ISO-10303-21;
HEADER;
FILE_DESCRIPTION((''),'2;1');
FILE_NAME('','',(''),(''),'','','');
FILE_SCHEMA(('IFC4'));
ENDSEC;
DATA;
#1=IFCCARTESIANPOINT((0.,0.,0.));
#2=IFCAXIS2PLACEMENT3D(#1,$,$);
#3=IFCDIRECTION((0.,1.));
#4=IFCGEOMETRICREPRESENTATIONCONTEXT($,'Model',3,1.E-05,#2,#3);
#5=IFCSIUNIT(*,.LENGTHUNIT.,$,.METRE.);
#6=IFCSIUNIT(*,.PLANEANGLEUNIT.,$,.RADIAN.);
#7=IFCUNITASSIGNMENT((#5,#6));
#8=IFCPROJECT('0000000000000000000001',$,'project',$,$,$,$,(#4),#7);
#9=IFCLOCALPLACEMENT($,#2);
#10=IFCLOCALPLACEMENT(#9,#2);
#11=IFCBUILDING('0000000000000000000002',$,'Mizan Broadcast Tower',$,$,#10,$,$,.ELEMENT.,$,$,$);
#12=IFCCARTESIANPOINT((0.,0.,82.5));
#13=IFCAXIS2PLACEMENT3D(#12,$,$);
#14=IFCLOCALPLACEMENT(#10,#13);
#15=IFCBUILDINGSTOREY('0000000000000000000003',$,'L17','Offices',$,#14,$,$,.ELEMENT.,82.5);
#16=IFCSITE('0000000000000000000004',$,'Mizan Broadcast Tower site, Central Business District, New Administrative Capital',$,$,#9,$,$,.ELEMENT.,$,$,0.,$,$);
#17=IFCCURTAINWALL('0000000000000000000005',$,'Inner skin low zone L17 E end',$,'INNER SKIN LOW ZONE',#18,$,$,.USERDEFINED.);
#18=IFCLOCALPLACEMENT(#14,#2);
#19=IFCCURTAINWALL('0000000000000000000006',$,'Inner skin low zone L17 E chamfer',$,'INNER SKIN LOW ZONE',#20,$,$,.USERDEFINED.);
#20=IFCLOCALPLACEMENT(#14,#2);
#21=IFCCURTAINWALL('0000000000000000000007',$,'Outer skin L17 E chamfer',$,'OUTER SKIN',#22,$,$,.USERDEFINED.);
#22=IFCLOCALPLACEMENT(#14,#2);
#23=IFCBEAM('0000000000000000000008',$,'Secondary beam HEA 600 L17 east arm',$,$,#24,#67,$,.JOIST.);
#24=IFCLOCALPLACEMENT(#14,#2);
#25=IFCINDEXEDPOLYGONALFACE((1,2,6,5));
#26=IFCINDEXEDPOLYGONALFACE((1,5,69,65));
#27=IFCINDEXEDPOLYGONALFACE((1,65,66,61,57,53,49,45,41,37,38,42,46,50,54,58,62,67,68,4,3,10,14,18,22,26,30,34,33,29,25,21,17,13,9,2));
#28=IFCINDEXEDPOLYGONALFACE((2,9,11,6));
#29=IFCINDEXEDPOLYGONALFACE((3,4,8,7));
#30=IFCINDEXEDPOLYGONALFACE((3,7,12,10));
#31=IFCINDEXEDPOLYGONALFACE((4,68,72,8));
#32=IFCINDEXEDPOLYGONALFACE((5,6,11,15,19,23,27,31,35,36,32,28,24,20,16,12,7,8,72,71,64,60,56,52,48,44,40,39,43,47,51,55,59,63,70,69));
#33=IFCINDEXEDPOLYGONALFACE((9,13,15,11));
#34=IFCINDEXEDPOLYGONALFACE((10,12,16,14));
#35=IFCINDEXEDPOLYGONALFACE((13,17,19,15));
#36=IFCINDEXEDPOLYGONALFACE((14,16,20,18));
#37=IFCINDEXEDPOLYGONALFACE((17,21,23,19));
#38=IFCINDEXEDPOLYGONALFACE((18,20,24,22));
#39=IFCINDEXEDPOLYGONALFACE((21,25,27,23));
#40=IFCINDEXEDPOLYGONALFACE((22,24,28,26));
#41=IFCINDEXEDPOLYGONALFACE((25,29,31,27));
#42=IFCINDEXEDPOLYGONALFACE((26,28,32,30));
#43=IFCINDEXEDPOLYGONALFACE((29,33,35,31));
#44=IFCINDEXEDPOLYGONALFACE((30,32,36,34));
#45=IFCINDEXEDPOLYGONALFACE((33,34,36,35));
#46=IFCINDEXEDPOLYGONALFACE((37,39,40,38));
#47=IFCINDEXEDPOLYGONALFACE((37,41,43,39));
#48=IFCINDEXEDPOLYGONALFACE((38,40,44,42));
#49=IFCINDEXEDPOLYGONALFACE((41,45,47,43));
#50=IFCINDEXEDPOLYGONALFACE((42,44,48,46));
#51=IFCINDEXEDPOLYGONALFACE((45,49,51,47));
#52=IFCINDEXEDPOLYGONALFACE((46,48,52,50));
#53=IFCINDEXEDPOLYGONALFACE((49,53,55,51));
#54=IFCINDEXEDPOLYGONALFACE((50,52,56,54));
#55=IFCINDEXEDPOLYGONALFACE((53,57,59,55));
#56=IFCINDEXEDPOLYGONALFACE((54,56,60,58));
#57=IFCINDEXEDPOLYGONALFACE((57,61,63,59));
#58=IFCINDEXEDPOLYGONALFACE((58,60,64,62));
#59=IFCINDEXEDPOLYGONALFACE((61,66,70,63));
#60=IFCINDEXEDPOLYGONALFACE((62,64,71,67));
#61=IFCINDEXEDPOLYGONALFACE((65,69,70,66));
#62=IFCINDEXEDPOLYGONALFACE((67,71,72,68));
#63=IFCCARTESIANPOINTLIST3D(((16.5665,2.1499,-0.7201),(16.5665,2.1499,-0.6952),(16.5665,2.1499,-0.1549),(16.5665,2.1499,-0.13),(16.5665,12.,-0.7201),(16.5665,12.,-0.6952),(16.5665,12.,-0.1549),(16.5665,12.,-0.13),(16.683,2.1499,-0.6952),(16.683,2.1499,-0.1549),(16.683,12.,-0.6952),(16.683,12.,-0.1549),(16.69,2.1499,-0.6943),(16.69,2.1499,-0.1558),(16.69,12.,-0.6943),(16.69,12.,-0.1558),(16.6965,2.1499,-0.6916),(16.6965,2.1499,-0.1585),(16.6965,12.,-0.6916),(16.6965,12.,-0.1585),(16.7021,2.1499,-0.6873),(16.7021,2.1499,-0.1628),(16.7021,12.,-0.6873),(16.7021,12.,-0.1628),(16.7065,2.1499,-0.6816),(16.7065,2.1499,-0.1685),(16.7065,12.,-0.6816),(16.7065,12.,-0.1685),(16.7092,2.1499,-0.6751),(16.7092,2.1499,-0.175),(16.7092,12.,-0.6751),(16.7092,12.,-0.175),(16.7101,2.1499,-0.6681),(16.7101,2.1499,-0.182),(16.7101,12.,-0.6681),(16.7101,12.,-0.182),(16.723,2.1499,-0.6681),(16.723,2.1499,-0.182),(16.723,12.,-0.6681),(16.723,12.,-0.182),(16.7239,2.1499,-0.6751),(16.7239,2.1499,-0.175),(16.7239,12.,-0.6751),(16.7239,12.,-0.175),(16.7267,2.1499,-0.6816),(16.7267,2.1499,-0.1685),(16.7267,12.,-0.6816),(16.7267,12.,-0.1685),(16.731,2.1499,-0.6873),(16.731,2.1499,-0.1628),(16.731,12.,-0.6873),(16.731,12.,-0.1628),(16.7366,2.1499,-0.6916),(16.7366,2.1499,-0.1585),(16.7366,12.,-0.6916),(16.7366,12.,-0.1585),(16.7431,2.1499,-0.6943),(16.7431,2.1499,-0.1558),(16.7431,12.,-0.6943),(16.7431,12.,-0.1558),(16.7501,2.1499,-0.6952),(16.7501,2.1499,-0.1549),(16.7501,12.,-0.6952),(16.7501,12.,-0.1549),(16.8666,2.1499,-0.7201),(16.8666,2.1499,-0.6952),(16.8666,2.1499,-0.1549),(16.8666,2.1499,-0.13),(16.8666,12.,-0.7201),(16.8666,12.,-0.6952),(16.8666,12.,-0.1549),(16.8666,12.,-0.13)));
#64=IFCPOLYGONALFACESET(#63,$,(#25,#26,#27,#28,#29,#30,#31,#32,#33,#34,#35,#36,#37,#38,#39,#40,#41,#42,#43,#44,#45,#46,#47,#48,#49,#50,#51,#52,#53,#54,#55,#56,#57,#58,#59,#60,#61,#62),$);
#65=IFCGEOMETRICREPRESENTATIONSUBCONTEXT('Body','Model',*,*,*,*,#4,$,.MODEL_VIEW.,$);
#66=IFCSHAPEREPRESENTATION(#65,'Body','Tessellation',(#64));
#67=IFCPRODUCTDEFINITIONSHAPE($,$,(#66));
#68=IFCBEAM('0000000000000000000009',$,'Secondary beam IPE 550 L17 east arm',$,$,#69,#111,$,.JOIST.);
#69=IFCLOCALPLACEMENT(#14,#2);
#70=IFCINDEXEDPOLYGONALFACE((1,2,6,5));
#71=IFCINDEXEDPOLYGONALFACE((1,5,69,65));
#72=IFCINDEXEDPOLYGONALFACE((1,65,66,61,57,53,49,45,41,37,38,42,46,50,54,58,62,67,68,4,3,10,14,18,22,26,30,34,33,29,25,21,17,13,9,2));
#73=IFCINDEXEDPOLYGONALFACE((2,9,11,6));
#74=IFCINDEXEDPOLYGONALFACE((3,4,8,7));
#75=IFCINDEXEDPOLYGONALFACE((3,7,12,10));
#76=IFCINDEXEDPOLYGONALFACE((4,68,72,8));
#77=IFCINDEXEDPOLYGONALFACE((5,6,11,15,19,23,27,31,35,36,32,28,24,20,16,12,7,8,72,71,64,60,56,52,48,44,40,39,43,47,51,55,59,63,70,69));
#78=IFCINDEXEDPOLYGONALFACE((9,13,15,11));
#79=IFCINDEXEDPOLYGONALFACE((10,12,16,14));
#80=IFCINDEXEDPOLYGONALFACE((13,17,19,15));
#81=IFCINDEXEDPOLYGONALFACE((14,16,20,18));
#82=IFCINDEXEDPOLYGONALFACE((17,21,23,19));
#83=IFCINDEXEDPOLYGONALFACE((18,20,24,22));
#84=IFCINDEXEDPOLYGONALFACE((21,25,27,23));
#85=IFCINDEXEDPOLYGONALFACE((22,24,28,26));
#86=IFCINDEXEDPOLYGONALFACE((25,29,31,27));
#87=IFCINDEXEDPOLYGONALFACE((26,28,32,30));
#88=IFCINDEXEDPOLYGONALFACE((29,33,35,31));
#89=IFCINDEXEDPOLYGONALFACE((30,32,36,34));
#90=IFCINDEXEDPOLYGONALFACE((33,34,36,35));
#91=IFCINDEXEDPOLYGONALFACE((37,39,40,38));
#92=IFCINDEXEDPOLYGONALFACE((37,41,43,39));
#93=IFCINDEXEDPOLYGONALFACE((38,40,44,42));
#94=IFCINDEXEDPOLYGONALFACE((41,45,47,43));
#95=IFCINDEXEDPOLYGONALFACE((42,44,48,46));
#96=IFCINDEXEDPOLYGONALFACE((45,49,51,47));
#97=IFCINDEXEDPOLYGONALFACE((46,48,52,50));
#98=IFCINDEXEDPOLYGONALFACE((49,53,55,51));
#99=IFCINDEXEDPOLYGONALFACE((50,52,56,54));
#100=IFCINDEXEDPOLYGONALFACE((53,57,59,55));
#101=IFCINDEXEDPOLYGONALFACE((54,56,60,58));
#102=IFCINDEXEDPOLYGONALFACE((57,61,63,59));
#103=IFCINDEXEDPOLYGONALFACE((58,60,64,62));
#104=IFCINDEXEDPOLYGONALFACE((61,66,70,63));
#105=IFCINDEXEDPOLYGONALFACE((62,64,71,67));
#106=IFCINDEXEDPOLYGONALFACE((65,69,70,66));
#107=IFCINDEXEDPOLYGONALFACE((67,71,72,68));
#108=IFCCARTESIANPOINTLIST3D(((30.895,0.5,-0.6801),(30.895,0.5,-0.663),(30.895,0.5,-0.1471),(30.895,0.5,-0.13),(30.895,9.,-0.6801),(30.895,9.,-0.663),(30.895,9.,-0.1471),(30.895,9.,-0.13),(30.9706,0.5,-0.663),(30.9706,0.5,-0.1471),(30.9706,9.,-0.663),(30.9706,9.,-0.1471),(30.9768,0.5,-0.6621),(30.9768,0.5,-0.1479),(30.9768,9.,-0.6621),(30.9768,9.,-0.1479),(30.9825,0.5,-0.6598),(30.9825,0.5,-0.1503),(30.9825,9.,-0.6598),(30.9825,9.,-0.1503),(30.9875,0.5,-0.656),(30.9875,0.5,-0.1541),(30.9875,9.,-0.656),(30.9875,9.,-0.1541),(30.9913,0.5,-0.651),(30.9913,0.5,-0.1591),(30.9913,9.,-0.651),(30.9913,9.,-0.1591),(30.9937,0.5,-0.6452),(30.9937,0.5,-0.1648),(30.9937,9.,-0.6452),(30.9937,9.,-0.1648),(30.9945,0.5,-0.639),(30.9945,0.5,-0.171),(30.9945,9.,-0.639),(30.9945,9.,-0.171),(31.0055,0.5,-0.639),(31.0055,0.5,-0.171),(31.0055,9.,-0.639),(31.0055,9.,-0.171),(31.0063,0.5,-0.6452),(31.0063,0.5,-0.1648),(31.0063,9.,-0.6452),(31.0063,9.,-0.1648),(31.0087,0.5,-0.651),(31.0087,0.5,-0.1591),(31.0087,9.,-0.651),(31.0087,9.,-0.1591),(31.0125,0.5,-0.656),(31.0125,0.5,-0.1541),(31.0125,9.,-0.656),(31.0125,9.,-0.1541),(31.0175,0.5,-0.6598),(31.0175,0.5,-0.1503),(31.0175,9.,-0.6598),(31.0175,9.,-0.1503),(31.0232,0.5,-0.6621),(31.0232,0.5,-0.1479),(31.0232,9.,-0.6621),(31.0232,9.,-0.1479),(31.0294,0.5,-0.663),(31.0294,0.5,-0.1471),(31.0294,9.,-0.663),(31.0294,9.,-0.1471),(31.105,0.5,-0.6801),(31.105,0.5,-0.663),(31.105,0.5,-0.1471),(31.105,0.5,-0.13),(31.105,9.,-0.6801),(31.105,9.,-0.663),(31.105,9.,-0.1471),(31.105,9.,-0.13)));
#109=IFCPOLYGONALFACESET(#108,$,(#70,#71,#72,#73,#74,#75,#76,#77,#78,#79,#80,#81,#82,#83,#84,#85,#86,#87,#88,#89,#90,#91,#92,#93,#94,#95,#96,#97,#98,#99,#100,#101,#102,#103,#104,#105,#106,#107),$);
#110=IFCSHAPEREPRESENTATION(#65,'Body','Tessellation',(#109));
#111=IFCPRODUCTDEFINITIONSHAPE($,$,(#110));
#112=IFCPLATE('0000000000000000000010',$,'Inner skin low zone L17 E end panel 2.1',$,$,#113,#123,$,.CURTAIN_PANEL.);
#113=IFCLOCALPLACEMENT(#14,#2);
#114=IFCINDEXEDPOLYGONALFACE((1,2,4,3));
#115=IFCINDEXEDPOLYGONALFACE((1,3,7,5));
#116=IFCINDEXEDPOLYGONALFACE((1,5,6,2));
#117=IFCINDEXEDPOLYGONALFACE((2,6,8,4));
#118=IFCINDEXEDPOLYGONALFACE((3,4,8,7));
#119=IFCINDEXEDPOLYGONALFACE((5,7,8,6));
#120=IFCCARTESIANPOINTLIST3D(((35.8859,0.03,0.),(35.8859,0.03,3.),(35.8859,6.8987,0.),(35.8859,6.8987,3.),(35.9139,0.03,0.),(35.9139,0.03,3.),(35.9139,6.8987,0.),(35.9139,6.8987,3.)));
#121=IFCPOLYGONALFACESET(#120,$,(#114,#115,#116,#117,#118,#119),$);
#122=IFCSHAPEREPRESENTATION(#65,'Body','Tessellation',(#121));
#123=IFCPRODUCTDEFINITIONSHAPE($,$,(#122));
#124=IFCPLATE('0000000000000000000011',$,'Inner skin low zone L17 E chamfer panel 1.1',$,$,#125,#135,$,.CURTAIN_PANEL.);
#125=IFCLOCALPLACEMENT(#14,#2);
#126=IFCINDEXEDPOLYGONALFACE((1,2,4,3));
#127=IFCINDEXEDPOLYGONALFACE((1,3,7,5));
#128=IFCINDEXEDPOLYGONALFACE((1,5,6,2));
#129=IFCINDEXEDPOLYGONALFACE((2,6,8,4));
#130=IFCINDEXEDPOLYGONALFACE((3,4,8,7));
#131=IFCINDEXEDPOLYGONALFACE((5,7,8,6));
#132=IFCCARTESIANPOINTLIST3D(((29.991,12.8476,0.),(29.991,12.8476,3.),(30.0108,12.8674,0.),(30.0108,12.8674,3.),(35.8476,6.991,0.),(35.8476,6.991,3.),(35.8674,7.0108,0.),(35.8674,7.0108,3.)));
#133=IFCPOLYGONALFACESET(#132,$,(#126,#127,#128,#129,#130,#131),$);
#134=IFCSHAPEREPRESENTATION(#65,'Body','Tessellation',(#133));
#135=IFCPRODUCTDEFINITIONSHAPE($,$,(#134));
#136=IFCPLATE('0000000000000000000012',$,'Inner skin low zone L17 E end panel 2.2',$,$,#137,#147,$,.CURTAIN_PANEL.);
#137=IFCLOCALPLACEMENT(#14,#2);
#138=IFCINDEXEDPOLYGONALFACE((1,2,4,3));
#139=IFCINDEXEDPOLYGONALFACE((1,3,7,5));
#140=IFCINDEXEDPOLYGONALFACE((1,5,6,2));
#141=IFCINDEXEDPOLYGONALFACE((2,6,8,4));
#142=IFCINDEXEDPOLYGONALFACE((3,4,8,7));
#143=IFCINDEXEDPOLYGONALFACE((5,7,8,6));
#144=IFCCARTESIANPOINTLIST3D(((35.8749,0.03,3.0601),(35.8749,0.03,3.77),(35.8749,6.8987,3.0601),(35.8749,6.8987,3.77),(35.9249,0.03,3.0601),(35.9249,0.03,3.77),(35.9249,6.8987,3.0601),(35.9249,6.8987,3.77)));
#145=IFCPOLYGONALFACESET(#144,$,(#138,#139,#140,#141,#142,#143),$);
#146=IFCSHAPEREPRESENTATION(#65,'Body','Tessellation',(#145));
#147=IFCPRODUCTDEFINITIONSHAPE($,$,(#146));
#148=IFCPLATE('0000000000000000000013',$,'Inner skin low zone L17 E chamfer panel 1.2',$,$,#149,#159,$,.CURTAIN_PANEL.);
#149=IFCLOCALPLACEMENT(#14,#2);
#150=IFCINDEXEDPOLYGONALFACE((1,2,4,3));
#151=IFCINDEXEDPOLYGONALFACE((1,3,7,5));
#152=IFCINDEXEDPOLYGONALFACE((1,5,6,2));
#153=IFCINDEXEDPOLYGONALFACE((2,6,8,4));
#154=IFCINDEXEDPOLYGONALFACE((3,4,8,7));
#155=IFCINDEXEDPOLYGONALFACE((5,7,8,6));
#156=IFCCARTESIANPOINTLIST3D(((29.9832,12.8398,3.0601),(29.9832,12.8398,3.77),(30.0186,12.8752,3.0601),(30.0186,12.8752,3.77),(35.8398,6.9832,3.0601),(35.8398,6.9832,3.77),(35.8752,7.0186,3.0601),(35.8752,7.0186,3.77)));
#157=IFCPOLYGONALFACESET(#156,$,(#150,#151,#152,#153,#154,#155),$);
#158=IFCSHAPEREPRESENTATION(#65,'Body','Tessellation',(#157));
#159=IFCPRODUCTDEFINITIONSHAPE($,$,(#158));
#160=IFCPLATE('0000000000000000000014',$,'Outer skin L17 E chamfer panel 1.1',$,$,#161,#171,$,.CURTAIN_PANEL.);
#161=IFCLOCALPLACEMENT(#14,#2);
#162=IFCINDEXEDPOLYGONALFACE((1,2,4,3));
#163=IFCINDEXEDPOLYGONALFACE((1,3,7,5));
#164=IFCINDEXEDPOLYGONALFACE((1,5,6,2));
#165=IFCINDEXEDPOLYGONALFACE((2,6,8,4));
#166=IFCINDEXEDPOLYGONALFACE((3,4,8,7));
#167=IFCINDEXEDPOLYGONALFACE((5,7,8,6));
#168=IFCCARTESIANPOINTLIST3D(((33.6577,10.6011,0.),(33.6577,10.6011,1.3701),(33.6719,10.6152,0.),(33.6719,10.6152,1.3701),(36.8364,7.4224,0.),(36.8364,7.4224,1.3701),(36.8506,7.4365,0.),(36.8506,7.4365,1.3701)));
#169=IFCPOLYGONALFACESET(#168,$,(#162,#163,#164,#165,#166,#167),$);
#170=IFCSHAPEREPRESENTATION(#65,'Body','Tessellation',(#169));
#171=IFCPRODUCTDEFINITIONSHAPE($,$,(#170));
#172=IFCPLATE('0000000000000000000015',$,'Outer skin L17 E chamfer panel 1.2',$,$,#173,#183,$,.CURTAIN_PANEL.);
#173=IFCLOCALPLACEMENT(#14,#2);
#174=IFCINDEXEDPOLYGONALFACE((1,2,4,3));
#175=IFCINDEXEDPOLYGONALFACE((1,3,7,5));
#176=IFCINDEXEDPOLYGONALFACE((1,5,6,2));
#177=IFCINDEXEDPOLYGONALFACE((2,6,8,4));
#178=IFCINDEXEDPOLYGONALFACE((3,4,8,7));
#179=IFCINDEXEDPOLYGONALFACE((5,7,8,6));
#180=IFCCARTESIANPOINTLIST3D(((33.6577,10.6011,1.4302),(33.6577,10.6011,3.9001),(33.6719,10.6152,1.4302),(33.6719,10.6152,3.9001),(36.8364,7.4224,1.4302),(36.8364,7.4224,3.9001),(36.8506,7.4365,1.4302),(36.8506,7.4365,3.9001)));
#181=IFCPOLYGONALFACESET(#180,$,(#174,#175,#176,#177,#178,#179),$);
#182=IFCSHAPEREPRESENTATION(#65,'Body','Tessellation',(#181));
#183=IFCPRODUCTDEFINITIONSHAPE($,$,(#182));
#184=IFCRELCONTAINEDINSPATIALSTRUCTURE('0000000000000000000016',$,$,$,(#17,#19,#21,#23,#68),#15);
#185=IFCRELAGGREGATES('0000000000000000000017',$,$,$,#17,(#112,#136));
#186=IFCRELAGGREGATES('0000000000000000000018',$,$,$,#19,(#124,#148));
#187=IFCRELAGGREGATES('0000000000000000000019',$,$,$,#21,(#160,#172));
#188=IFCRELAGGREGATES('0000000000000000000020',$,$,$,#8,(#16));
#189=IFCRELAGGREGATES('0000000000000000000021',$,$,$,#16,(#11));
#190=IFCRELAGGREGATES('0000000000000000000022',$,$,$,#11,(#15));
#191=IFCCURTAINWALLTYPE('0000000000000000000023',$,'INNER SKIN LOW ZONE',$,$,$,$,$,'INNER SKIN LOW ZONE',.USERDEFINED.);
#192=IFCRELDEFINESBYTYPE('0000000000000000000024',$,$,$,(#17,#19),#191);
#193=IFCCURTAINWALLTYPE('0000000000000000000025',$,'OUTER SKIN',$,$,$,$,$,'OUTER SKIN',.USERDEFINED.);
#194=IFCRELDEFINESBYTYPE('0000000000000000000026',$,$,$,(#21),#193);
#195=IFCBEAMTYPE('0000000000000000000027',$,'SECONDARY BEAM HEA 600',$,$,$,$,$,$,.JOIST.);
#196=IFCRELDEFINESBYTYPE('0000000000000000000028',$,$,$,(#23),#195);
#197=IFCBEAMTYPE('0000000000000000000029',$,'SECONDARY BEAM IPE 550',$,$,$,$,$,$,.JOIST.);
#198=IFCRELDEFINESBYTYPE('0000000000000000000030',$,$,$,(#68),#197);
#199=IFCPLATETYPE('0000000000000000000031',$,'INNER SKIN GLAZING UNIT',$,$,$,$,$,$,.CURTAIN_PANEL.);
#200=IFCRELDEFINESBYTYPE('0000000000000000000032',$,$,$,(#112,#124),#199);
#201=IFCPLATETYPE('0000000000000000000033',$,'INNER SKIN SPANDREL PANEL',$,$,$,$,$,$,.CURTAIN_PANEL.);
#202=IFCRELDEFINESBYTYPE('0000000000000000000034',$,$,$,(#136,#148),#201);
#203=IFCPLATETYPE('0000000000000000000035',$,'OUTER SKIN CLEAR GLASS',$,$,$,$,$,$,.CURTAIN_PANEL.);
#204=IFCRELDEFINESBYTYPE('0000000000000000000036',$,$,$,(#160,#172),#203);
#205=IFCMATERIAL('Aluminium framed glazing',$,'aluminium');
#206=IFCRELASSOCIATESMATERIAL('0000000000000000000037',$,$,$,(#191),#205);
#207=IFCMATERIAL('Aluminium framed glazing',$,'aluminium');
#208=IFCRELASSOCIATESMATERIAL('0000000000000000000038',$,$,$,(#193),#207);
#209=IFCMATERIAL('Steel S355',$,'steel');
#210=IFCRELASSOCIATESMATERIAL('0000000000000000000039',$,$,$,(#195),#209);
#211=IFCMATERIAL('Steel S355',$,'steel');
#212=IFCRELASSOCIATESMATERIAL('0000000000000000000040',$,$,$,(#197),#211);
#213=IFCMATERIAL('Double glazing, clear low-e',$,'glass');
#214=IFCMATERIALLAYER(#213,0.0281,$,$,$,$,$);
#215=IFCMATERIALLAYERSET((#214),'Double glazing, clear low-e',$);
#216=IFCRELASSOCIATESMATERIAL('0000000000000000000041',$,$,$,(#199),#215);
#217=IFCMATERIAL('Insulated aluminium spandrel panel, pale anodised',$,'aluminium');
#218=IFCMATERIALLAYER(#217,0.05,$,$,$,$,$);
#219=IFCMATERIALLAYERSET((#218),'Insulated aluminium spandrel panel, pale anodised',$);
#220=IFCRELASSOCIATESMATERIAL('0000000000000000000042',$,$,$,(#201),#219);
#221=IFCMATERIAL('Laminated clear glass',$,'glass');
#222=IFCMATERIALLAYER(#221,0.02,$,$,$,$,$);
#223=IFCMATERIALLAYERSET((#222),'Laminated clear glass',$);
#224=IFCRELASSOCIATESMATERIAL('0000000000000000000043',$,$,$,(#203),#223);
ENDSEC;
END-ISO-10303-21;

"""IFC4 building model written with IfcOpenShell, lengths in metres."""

from ifc_helpers import new_model, si_unit, direction, frame, origin, origin_2d, place, context, subcontext, project, spatial, rectangle, i_section, extrude, material, layer, layer_set, material_profile, profile_set, type_object, element, aggregate, save


model = new_model("IFC4")

# Units and contexts
model_context = context("Model", 3, precision=1e-05, world=origin(), true_north=direction((0.0, 1.0)))
body_context = subcontext(model_context, "Body", "Model", "MODEL_VIEW")
ifc_project = project(units=[si_unit("LENGTHUNIT", "METRE"), si_unit("PLANEANGLEUNIT", "RADIAN")], contexts=[model_context])

# Site, building, storey
site_placement = place(None, origin())
site = spatial("IfcSite", under=ifc_project, at=site_placement, Name="Mizan Broadcast Tower site, Central Business District, New Administrative Capital", CompositionType="ELEMENT", RefElevation=0.0)
building_placement = place(site_placement, origin())
building = spatial("IfcBuilding", under=site, at=building_placement, Name="Mizan Broadcast Tower", CompositionType="ELEMENT")
storey_placement = place(building_placement, frame((0.0, 0.0, 82.5)))
storey = spatial("IfcBuildingStorey", under=building, at=storey_placement, Name="L17", Description="Offices", CompositionType="ELEMENT", Elevation=82.5)

# Curtain wall
ifc_material_1 = material(Name="Aluminium framed glazing", Category="aluminium")
curtain_wall_type_1 = type_object("IfcCurtainWallType", Name="INNER SKIN LOW ZONE", ElementType="INNER SKIN LOW ZONE", PredefinedType="USERDEFINED", material=ifc_material_1)
curtain_wall_1_placement = place(storey_placement, origin())
curtain_wall_1 = element("IfcCurtainWall", 1, at=curtain_wall_1_placement, inside=storey, type_object=curtain_wall_type_1, Name="Inner skin low zone L17 E end", ObjectType="INNER SKIN LOW ZONE", PredefinedType="USERDEFINED")

# Curtain wall
curtain_wall_2_placement = place(storey_placement, origin())
curtain_wall_2 = element("IfcCurtainWall", 2, at=curtain_wall_2_placement, inside=storey, type_object=curtain_wall_type_1, Name="Inner skin low zone L17 E chamfer", ObjectType="INNER SKIN LOW ZONE", PredefinedType="USERDEFINED")

# Shared definitions
ifc_material_2 = material(Name="Aluminium framed glazing", Category="aluminium")
curtain_wall_type_2 = type_object("IfcCurtainWallType", Name="OUTER SKIN", ElementType="OUTER SKIN", PredefinedType="USERDEFINED", material=ifc_material_2)

# Curtain wall
curtain_wall_3_placement = place(storey_placement, origin())
curtain_wall_3 = element("IfcCurtainWall", 3, at=curtain_wall_3_placement, inside=storey, type_object=curtain_wall_type_2, Name="Outer skin L17 E chamfer", ObjectType="OUTER SKIN", PredefinedType="USERDEFINED")

# Beams
ifc_material_3 = material(Name="Steel S355", Category="steel")
ifc_material_profile_1 = material_profile(ifc_material_3, i_section(OverallWidth=0.3, OverallDepth=0.5901, WebThickness=0.0129, FlangeThickness=0.0249, FilletRadius=0.0271, at=origin_2d()), Name="HEA 600")
ifc_profile_set_1 = profile_set([ifc_material_profile_1], Name="Steel S355")
beam_type_1 = type_object("IfcBeamType", Name="SECONDARY BEAM HEA 600", PredefinedType="JOIST", material=ifc_profile_set_1)
for number, where, z_axis, x_axis, name in (
    (4, (16.7166, 12.0, -0.425), (0.0, -1.0, 0.0), (1.0, 0.0, 0.0), "Secondary beam HEA 600 L17 east arm"),
):
    element("IfcBeam", number, at=place(storey_placement, frame(where, z_axis=z_axis, x_axis=x_axis)), inside=storey, type_object=beam_type_1, Name=name, PredefinedType="JOIST", context=body_context, shape_type="SweptSolid", body=[
        extrude(i_section(OverallWidth=0.3, OverallDepth=0.5901, WebThickness=0.0129, FlangeThickness=0.0249, FilletRadius=0.0271, at=origin_2d()), origin(), (0.0, 0.0, 1.0), 9.8501),
    ])
ifc_material_4 = material(Name="Steel S355", Category="steel")
ifc_material_profile_2 = material_profile(ifc_material_4, i_section(OverallWidth=0.21, OverallDepth=0.55, WebThickness=0.011, FlangeThickness=0.0171, FilletRadius=0.0239, at=origin_2d()), Name="IPE 550")
ifc_profile_set_2 = profile_set([ifc_material_profile_2], Name="Steel S355")
beam_type_2 = type_object("IfcBeamType", Name="SECONDARY BEAM IPE 550", PredefinedType="JOIST", material=ifc_profile_set_2)
beam_1_placement = place(storey_placement, frame((31.0, 9.0, -0.405), z_axis=(0.0, -1.0, 0.0), x_axis=(1.0, 0.0, 0.0)))
element("IfcBeam", 5, at=beam_1_placement, inside=storey, type_object=beam_type_2, Name="Secondary beam IPE 550 L17 east arm", PredefinedType="JOIST", context=body_context, shape_type="SweptSolid", body=[
    extrude(i_section(OverallWidth=0.21, OverallDepth=0.55, WebThickness=0.011, FlangeThickness=0.0171, FilletRadius=0.0239, at=origin_2d()), origin(), (0.0, 0.0, 1.0), 8.5),
])

# Plates
ifc_material_5 = material(Name="Double glazing, clear low-e", Category="glass")
ifc_layer_1 = layer(ifc_material_5, 0.0281)
ifc_layer_set_1 = layer_set([ifc_layer_1], Name="Double glazing, clear low-e")
plate_type_1 = type_object("IfcPlateType", Name="INNER SKIN GLAZING UNIT", PredefinedType="CURTAIN_PANEL", material=ifc_layer_set_1)
plate_1_placement = place(storey_placement, frame((35.8999, 3.4644, 0.0), z_axis=(0.0, 0.0, 1.0), x_axis=(0.0, 1.0, 0.0)))
plate_1 = element("IfcPlate", 6, at=plate_1_placement, type_object=plate_type_1, Name="Inner skin low zone L17 E end panel 2.1", PredefinedType="CURTAIN_PANEL", context=body_context, shape_type="SweptSolid", body=[
    extrude(rectangle(XDim=6.8687, YDim=0.0281, at=origin_2d()), origin(), (0.0, 0.0, 1.0), 3.0),
])
plate_2_placement = place(storey_placement, frame((32.9292, 9.9292, 0.0), z_axis=(0.0, 0.0, 1.0), x_axis=(-0.707107, 0.707107, 0.0)))
plate_2 = element("IfcPlate", 7, at=plate_2_placement, type_object=plate_type_1, Name="Inner skin low zone L17 E chamfer panel 1.1", PredefinedType="CURTAIN_PANEL", context=body_context, shape_type="SweptSolid", body=[
    extrude(rectangle(XDim=8.2825, YDim=0.0281, at=origin_2d()), origin(), (0.0, 0.0, 1.0), 3.0),
])
ifc_material_6 = material(Name="Insulated aluminium spandrel panel, pale anodised", Category="aluminium")
ifc_layer_2 = layer(ifc_material_6, 0.05)
ifc_layer_set_2 = layer_set([ifc_layer_2], Name="Insulated aluminium spandrel panel, pale anodised")
plate_type_2 = type_object("IfcPlateType", Name="INNER SKIN SPANDREL PANEL", PredefinedType="CURTAIN_PANEL", material=ifc_layer_set_2)
plate_3_placement = place(storey_placement, frame((35.8999, 3.4644, 3.0601), z_axis=(0.0, 0.0, 1.0), x_axis=(0.0, 1.0, 0.0)))
plate_3 = element("IfcPlate", 8, at=plate_3_placement, type_object=plate_type_2, Name="Inner skin low zone L17 E end panel 2.2", PredefinedType="CURTAIN_PANEL", context=body_context, shape_type="SweptSolid", body=[
    extrude(rectangle(XDim=6.8687, YDim=0.05, at=origin_2d()), origin(), (0.0, 0.0, 1.0), 0.71),
])
aggregate(curtain_wall_1, [plate_1, plate_3])
plate_4_placement = place(storey_placement, frame((32.9292, 9.9292, 3.0601), z_axis=(0.0, 0.0, 1.0), x_axis=(-0.707107, 0.707107, 0.0)))
plate_4 = element("IfcPlate", 9, at=plate_4_placement, type_object=plate_type_2, Name="Inner skin low zone L17 E chamfer panel 1.2", PredefinedType="CURTAIN_PANEL", context=body_context, shape_type="SweptSolid", body=[
    extrude(rectangle(XDim=8.2825, YDim=0.05, at=origin_2d()), origin(), (0.0, 0.0, 1.0), 0.71),
])
aggregate(curtain_wall_2, [plate_2, plate_4])
ifc_material_7 = material(Name="Laminated clear glass", Category="glass")
ifc_layer_3 = layer(ifc_material_7, 0.02)
ifc_layer_set_3 = layer_set([ifc_layer_3], Name="Laminated clear glass")
plate_type_3 = type_object("IfcPlateType", Name="OUTER SKIN CLEAR GLASS", PredefinedType="CURTAIN_PANEL", material=ifc_layer_set_3)
plate_5_placement = place(storey_placement, frame((35.2542, 9.0188, 0.0), z_axis=(0.0, 0.0, 1.0), x_axis=(-0.707107, 0.707107, 0.0)))
plate_5 = element("IfcPlate", 10, at=plate_5_placement, type_object=plate_type_3, Name="Outer skin L17 E chamfer panel 1.1", PredefinedType="CURTAIN_PANEL", context=body_context, shape_type="SweptSolid", body=[
    extrude(rectangle(XDim=4.4954, YDim=0.02, at=origin_2d()), origin(), (0.0, 0.0, 1.0), 1.3701),
])
plate_6_placement = place(storey_placement, frame((35.2542, 9.0188, 1.4302), z_axis=(0.0, 0.0, 1.0), x_axis=(-0.707107, 0.707107, 0.0)))
plate_6 = element("IfcPlate", 11, at=plate_6_placement, type_object=plate_type_3, Name="Outer skin L17 E chamfer panel 1.2", PredefinedType="CURTAIN_PANEL", context=body_context, shape_type="SweptSolid", body=[
    extrude(rectangle(XDim=4.4954, YDim=0.02, at=origin_2d()), origin(), (0.0, 0.0, 1.0), 2.47),
])
aggregate(curtain_wall_3, [plate_5, plate_6])

save(model, "model.ifc")
